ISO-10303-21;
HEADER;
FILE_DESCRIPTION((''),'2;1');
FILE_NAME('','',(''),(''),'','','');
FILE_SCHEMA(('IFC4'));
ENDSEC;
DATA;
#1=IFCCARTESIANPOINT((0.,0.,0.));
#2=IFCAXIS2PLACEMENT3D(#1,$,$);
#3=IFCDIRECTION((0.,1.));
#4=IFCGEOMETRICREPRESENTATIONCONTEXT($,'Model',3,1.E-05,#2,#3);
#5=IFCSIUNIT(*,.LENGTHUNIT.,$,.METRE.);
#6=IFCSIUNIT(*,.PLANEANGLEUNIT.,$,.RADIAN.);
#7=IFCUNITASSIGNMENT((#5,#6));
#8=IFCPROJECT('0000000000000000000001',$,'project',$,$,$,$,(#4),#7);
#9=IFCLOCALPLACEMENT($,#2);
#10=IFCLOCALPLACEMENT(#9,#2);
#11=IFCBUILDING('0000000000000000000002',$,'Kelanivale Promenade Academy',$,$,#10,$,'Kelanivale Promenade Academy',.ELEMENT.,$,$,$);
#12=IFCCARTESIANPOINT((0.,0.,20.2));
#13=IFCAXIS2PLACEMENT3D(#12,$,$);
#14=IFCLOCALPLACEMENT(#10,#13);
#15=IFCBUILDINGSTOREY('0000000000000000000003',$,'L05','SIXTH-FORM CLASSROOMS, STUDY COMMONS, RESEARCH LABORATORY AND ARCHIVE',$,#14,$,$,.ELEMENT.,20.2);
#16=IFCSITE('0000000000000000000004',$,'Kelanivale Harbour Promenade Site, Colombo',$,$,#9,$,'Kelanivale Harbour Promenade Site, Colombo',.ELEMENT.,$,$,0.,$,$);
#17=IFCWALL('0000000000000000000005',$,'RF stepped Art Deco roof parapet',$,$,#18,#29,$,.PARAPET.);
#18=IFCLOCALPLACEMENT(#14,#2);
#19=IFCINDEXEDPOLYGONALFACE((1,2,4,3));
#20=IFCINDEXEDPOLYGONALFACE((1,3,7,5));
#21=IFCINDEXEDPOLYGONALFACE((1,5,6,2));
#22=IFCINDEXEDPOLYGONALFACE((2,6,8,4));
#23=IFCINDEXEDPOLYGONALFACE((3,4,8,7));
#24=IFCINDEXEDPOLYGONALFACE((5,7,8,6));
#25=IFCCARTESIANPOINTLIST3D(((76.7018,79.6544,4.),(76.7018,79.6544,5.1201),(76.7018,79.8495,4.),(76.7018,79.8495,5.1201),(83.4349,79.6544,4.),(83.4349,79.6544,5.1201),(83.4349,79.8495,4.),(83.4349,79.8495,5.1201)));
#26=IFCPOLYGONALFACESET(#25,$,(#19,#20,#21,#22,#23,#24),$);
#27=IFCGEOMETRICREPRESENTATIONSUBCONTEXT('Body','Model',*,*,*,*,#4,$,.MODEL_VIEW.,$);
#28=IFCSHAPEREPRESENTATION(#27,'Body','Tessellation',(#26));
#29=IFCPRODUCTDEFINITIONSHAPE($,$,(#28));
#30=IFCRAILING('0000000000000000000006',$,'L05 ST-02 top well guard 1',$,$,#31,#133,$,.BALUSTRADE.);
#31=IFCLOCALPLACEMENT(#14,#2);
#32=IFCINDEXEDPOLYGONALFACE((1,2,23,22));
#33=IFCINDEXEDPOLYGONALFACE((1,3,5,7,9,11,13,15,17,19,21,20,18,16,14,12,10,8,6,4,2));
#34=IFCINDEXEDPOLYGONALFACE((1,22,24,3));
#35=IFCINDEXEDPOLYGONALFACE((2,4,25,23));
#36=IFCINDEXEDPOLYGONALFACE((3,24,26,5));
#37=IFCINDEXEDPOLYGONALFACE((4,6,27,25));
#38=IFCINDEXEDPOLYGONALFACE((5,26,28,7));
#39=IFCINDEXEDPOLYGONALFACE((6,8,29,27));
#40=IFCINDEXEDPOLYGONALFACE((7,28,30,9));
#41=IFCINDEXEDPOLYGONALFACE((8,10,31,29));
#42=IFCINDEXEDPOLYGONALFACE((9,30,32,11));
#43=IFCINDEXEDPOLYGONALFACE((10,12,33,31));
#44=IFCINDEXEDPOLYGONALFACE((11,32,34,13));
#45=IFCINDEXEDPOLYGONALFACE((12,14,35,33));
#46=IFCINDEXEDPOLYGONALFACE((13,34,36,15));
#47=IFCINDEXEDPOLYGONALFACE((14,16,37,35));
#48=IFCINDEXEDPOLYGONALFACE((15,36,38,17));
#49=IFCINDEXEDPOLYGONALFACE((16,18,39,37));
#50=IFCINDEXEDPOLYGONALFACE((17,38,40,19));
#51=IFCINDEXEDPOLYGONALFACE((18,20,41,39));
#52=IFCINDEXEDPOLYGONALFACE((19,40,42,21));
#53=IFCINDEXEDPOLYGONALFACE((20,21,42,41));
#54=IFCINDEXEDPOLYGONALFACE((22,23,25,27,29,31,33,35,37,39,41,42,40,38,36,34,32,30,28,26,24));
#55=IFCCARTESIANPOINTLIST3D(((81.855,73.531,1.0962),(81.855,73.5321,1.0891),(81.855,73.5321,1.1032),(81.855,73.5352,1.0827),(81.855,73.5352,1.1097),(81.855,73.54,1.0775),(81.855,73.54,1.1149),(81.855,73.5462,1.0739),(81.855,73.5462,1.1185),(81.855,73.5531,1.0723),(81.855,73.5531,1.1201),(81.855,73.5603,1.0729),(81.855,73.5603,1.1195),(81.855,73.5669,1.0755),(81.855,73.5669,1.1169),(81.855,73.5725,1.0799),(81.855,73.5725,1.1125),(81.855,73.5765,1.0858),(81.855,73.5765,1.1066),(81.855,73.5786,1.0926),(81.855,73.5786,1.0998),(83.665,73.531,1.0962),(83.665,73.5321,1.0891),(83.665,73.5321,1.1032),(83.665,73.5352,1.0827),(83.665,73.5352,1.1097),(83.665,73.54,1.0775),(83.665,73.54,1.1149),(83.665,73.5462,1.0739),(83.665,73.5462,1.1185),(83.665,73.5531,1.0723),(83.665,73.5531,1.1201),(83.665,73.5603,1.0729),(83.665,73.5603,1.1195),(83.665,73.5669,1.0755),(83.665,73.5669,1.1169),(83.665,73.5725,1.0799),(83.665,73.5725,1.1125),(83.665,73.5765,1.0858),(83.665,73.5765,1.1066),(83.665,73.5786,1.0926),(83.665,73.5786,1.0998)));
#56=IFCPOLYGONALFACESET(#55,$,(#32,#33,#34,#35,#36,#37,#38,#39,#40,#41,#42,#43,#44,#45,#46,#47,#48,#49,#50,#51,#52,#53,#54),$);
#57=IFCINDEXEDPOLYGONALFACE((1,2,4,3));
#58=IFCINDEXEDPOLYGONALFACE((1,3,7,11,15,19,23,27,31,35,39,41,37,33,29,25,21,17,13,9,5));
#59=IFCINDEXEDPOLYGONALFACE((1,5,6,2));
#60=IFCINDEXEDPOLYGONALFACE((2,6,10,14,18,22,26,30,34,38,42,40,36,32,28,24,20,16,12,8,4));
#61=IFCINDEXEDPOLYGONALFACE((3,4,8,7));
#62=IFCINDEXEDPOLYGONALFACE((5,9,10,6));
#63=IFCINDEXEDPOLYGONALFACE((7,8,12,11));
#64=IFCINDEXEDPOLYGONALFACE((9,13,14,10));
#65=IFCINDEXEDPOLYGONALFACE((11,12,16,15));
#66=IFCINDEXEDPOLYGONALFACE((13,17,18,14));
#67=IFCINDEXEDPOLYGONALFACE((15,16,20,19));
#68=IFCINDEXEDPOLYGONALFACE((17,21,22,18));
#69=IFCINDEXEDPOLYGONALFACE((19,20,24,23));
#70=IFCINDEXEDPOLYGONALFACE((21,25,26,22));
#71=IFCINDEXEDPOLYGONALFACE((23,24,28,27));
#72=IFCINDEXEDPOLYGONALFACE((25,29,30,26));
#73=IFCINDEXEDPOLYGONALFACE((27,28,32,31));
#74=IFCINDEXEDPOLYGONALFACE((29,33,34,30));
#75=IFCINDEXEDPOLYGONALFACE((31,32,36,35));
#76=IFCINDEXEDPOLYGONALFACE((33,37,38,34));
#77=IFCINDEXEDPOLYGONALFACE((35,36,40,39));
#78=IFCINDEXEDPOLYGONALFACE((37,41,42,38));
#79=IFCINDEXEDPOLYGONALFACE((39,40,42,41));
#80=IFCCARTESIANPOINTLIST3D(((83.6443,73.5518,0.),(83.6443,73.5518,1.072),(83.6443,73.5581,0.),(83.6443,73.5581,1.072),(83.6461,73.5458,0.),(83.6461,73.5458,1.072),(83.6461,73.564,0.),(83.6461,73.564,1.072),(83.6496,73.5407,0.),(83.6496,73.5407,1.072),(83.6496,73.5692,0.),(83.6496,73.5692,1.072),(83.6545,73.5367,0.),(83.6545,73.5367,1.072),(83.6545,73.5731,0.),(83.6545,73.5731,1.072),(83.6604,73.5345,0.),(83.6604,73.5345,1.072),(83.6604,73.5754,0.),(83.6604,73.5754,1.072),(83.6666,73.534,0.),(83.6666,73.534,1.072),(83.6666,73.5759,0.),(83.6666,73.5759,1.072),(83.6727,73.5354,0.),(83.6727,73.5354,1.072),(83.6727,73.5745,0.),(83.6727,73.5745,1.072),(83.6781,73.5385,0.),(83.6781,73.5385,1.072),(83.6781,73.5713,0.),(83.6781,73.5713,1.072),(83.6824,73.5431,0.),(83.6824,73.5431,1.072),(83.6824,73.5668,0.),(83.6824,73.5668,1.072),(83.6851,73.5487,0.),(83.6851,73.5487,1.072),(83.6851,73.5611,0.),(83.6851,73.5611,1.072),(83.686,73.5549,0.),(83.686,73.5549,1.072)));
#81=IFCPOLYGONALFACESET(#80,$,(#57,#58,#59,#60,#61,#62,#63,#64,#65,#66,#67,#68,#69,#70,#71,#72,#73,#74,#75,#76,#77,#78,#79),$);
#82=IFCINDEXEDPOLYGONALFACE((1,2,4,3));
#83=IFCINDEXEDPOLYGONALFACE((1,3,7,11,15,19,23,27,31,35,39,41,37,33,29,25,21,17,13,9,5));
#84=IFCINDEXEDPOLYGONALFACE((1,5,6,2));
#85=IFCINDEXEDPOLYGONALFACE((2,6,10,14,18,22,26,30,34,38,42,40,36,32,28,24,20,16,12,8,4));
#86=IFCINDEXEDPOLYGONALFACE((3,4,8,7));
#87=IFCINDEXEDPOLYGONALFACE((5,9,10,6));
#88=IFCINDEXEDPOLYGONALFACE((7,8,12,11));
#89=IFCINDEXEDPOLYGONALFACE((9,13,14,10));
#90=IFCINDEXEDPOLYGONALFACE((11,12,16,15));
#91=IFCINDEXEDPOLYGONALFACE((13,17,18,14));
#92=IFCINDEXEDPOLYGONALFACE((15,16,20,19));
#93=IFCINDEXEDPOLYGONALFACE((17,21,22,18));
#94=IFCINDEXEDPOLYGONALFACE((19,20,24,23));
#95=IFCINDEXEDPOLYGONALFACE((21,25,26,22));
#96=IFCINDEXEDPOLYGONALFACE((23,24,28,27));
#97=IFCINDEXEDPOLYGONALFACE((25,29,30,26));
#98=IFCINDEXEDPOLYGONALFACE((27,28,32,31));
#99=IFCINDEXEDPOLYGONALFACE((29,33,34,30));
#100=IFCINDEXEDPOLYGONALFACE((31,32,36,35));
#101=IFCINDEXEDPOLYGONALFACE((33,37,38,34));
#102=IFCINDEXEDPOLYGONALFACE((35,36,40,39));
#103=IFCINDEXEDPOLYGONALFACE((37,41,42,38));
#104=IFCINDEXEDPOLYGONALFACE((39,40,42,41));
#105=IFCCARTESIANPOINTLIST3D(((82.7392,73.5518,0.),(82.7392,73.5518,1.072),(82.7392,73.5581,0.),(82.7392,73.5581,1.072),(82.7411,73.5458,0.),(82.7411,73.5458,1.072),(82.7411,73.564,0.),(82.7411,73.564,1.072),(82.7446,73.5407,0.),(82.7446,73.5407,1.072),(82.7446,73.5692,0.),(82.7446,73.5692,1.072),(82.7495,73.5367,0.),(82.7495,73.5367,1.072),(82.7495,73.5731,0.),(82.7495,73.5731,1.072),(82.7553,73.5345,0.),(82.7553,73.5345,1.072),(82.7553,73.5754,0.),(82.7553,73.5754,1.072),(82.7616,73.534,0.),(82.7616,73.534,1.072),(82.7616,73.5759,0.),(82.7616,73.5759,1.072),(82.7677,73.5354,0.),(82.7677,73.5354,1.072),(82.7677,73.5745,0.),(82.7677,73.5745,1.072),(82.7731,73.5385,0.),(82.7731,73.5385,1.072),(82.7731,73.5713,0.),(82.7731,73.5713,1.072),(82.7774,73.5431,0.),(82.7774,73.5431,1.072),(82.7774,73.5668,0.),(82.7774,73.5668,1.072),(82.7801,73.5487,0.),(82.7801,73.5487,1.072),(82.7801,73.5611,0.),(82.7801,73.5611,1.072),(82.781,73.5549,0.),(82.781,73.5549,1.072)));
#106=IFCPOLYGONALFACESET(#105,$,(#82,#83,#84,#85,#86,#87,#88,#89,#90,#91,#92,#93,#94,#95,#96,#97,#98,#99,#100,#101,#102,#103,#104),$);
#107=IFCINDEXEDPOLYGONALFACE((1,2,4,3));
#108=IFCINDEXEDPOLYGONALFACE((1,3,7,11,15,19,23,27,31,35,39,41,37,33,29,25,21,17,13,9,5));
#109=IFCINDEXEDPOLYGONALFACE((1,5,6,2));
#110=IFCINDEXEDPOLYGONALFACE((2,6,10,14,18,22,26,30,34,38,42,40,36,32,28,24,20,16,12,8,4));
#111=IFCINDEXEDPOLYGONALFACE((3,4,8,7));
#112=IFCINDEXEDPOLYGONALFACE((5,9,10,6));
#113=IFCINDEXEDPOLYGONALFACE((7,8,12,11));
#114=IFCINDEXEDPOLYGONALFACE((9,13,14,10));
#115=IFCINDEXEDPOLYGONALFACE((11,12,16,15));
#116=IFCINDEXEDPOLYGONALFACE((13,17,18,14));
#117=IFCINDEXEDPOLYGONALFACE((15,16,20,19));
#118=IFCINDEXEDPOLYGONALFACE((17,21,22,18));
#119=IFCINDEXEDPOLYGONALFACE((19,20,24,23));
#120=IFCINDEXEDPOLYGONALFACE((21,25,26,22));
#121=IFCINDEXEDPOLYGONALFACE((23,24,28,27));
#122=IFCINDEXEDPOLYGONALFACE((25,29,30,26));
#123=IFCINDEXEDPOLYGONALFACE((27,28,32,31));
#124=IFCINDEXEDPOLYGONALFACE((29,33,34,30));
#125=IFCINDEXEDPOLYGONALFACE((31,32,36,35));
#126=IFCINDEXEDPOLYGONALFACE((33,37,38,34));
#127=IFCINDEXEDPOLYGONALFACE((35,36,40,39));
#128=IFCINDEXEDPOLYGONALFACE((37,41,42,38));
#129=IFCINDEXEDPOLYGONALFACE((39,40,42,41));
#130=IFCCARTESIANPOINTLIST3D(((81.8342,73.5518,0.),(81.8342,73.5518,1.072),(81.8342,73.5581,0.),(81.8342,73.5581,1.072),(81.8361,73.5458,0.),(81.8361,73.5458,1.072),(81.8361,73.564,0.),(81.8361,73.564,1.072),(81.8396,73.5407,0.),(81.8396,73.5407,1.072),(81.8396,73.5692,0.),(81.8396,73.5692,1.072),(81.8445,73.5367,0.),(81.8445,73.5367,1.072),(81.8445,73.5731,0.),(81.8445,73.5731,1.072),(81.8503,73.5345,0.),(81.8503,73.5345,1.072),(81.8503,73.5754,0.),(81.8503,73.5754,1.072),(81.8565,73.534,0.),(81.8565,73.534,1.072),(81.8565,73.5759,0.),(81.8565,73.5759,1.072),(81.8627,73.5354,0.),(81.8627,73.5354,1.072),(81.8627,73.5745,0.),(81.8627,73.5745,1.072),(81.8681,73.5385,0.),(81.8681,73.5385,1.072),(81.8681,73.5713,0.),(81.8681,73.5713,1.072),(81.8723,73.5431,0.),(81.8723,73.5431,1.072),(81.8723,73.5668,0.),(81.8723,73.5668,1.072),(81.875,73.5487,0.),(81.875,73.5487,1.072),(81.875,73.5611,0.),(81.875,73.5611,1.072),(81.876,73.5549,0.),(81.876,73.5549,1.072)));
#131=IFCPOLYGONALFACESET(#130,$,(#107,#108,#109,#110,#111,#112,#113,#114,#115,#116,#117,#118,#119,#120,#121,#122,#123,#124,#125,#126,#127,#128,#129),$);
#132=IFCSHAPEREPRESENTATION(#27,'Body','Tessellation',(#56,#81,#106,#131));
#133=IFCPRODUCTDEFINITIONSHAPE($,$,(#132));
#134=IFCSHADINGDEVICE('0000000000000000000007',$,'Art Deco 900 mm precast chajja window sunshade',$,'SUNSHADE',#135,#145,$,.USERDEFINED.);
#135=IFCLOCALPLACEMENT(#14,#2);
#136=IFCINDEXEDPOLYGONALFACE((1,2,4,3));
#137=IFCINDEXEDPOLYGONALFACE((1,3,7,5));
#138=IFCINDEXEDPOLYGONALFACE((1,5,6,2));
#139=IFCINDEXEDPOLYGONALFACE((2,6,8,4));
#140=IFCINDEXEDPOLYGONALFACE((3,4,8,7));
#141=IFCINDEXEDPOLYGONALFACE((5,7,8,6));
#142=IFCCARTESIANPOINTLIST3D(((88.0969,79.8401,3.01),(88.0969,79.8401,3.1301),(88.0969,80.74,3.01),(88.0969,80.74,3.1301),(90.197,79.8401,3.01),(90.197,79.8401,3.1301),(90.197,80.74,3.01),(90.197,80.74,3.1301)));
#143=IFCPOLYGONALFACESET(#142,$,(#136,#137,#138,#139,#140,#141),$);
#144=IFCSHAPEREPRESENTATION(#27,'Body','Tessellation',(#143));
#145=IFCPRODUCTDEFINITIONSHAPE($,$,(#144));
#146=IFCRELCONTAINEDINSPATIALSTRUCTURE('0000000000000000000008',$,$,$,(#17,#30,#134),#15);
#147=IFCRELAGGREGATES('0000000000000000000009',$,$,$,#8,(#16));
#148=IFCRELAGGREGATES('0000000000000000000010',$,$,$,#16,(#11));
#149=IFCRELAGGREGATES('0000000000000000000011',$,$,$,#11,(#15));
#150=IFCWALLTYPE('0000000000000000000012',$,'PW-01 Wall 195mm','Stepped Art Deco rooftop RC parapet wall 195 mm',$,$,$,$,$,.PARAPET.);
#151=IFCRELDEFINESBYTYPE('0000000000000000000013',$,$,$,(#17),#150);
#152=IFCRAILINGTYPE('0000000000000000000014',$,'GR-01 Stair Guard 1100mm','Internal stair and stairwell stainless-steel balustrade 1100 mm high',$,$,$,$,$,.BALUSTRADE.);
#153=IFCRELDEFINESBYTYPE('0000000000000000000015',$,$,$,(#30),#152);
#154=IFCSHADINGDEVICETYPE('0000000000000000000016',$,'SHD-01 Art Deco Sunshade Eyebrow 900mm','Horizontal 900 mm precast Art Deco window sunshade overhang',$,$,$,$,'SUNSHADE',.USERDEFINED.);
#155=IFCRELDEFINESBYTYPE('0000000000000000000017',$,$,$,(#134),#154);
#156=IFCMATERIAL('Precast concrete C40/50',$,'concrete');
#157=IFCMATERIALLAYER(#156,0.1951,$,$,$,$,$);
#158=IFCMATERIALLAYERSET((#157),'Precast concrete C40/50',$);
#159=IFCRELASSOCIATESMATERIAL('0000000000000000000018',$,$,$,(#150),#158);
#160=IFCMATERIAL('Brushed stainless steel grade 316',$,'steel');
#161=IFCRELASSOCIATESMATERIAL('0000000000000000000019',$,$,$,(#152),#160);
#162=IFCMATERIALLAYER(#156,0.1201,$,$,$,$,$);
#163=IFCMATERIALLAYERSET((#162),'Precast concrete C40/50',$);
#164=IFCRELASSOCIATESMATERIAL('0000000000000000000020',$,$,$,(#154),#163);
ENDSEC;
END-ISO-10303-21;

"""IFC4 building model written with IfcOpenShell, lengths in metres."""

from ifc_helpers import new_model, si_unit, direction, frame, frame_2d, origin, origin_2d, place, context, subcontext, project, spatial, rectangle, circle, extrude, material, layer, layer_set, type_object, element, save


model = new_model("IFC4")

# Units and contexts
model_context = context("Model", 3, precision=1e-05, world=origin(), true_north=direction((0.0, 1.0)))
body_context = subcontext(model_context, "Body", "Model", "MODEL_VIEW")
ifc_project = project(units=[si_unit("LENGTHUNIT", "METRE"), si_unit("PLANEANGLEUNIT", "RADIAN")], contexts=[model_context])

# Site, building, storey
site_placement = place(None, origin())
site = spatial("IfcSite", under=ifc_project, at=site_placement, Name="Kelanivale Harbour Promenade Site, Colombo", LongName="Kelanivale Harbour Promenade Site, Colombo", CompositionType="ELEMENT", RefElevation=0.0)
building_placement = place(site_placement, origin())
building = spatial("IfcBuilding", under=site, at=building_placement, Name="Kelanivale Promenade Academy", LongName="Kelanivale Promenade Academy", CompositionType="ELEMENT")
storey_placement = place(building_placement, frame((0.0, 0.0, 20.2)))
storey = spatial("IfcBuildingStorey", under=building, at=storey_placement, Name="L05", Description="SIXTH-FORM CLASSROOMS, STUDY COMMONS, RESEARCH LABORATORY AND ARCHIVE", CompositionType="ELEMENT", Elevation=20.2)

# Wall
ifc_material_1 = material(Name="Precast concrete C40/50", Category="concrete")
ifc_layer_1 = layer(ifc_material_1, 0.1951)
ifc_layer_set_1 = layer_set([ifc_layer_1], Name="Precast concrete C40/50")
wall_type_1 = type_object("IfcWallType", Name="PW-01 Wall 195mm", Description="Stepped Art Deco rooftop RC parapet wall 195 mm", PredefinedType="PARAPET", material=ifc_layer_set_1)
wall_1_placement = place(storey_placement, frame((83.4351, 79.752, 4.0), z_axis=(0.0, 0.0, 1.0), x_axis=(-1.0, 0.0, 0.0)))
element("IfcWall", 1, at=wall_1_placement, inside=storey, type_object=wall_type_1, Name="RF stepped Art Deco roof parapet", PredefinedType="PARAPET", context=body_context, shape_type="SweptSolid", body=[
    extrude(rectangle(XDim=6.7332, YDim=0.1951, at=frame_2d((3.3667, 0.0))), origin(), (0.0, 0.0, 1.0), 1.1201),
])

# Railing
ifc_material_2 = material(Name="Brushed stainless steel grade 316", Category="steel")
railing_type = type_object("IfcRailingType", Name="GR-01 Stair Guard 1100mm", Description="Internal stair and stairwell stainless-steel balustrade 1100 mm high", PredefinedType="BALUSTRADE", material=ifc_material_2)
railing_placement = place(storey_placement, frame((83.665, 73.5549, 0.0)))
element("IfcRailing", 2, at=railing_placement, inside=storey, type_object=railing_type, Name="L05 ST-02 top well guard 1", PredefinedType="BALUSTRADE", context=body_context, shape_type="SweptSolid", body=[
    extrude(circle(Radius=0.0239, at=origin_2d()), frame((0.0, 0.0, 1.0962), z_axis=(-1.0, 0.0, 0.0), x_axis=(0.0, -1.0, 0.0)), (0.0, 0.0, 1.0), 1.8101),
    extrude(circle(Radius=0.021, at=origin_2d()), origin(), (0.0, 0.0, 1.0), 1.072),
    extrude(circle(Radius=0.021, at=origin_2d()), frame((-0.905, 0.0, 0.0)), (0.0, 0.0, 1.0), 1.072),
    extrude(circle(Radius=0.021, at=origin_2d()), frame((-1.8101, 0.0, 0.0)), (0.0, 0.0, 1.0), 1.072),
])

# Shading device
ifc_layer_2 = layer(ifc_material_1, 0.1201)
ifc_layer_set_2 = layer_set([ifc_layer_2], Name="Precast concrete C40/50")
shading_device_type = type_object("IfcShadingDeviceType", Name="SHD-01 Art Deco Sunshade Eyebrow 900mm", Description="Horizontal 900 mm precast Art Deco window sunshade overhang", ElementType="SUNSHADE", PredefinedType="USERDEFINED", material=ifc_layer_set_2)
shading_device_placement = place(storey_placement, frame((89.147, 80.29, 3.01), z_axis=(0.0, 0.0, 1.0), x_axis=(-1.0, 0.0, 0.0)))
element("IfcShadingDevice", 3, at=shading_device_placement, inside=storey, type_object=shading_device_type, Name="Art Deco 900 mm precast chajja window sunshade", ObjectType="SUNSHADE", PredefinedType="USERDEFINED", context=body_context, shape_type="SweptSolid", body=[
    extrude(rectangle(XDim=2.1001, YDim=0.8999, at=origin_2d()), origin(), (0.0, 0.0, 1.0), 0.1201),
])

save(model, "model.ifc")
